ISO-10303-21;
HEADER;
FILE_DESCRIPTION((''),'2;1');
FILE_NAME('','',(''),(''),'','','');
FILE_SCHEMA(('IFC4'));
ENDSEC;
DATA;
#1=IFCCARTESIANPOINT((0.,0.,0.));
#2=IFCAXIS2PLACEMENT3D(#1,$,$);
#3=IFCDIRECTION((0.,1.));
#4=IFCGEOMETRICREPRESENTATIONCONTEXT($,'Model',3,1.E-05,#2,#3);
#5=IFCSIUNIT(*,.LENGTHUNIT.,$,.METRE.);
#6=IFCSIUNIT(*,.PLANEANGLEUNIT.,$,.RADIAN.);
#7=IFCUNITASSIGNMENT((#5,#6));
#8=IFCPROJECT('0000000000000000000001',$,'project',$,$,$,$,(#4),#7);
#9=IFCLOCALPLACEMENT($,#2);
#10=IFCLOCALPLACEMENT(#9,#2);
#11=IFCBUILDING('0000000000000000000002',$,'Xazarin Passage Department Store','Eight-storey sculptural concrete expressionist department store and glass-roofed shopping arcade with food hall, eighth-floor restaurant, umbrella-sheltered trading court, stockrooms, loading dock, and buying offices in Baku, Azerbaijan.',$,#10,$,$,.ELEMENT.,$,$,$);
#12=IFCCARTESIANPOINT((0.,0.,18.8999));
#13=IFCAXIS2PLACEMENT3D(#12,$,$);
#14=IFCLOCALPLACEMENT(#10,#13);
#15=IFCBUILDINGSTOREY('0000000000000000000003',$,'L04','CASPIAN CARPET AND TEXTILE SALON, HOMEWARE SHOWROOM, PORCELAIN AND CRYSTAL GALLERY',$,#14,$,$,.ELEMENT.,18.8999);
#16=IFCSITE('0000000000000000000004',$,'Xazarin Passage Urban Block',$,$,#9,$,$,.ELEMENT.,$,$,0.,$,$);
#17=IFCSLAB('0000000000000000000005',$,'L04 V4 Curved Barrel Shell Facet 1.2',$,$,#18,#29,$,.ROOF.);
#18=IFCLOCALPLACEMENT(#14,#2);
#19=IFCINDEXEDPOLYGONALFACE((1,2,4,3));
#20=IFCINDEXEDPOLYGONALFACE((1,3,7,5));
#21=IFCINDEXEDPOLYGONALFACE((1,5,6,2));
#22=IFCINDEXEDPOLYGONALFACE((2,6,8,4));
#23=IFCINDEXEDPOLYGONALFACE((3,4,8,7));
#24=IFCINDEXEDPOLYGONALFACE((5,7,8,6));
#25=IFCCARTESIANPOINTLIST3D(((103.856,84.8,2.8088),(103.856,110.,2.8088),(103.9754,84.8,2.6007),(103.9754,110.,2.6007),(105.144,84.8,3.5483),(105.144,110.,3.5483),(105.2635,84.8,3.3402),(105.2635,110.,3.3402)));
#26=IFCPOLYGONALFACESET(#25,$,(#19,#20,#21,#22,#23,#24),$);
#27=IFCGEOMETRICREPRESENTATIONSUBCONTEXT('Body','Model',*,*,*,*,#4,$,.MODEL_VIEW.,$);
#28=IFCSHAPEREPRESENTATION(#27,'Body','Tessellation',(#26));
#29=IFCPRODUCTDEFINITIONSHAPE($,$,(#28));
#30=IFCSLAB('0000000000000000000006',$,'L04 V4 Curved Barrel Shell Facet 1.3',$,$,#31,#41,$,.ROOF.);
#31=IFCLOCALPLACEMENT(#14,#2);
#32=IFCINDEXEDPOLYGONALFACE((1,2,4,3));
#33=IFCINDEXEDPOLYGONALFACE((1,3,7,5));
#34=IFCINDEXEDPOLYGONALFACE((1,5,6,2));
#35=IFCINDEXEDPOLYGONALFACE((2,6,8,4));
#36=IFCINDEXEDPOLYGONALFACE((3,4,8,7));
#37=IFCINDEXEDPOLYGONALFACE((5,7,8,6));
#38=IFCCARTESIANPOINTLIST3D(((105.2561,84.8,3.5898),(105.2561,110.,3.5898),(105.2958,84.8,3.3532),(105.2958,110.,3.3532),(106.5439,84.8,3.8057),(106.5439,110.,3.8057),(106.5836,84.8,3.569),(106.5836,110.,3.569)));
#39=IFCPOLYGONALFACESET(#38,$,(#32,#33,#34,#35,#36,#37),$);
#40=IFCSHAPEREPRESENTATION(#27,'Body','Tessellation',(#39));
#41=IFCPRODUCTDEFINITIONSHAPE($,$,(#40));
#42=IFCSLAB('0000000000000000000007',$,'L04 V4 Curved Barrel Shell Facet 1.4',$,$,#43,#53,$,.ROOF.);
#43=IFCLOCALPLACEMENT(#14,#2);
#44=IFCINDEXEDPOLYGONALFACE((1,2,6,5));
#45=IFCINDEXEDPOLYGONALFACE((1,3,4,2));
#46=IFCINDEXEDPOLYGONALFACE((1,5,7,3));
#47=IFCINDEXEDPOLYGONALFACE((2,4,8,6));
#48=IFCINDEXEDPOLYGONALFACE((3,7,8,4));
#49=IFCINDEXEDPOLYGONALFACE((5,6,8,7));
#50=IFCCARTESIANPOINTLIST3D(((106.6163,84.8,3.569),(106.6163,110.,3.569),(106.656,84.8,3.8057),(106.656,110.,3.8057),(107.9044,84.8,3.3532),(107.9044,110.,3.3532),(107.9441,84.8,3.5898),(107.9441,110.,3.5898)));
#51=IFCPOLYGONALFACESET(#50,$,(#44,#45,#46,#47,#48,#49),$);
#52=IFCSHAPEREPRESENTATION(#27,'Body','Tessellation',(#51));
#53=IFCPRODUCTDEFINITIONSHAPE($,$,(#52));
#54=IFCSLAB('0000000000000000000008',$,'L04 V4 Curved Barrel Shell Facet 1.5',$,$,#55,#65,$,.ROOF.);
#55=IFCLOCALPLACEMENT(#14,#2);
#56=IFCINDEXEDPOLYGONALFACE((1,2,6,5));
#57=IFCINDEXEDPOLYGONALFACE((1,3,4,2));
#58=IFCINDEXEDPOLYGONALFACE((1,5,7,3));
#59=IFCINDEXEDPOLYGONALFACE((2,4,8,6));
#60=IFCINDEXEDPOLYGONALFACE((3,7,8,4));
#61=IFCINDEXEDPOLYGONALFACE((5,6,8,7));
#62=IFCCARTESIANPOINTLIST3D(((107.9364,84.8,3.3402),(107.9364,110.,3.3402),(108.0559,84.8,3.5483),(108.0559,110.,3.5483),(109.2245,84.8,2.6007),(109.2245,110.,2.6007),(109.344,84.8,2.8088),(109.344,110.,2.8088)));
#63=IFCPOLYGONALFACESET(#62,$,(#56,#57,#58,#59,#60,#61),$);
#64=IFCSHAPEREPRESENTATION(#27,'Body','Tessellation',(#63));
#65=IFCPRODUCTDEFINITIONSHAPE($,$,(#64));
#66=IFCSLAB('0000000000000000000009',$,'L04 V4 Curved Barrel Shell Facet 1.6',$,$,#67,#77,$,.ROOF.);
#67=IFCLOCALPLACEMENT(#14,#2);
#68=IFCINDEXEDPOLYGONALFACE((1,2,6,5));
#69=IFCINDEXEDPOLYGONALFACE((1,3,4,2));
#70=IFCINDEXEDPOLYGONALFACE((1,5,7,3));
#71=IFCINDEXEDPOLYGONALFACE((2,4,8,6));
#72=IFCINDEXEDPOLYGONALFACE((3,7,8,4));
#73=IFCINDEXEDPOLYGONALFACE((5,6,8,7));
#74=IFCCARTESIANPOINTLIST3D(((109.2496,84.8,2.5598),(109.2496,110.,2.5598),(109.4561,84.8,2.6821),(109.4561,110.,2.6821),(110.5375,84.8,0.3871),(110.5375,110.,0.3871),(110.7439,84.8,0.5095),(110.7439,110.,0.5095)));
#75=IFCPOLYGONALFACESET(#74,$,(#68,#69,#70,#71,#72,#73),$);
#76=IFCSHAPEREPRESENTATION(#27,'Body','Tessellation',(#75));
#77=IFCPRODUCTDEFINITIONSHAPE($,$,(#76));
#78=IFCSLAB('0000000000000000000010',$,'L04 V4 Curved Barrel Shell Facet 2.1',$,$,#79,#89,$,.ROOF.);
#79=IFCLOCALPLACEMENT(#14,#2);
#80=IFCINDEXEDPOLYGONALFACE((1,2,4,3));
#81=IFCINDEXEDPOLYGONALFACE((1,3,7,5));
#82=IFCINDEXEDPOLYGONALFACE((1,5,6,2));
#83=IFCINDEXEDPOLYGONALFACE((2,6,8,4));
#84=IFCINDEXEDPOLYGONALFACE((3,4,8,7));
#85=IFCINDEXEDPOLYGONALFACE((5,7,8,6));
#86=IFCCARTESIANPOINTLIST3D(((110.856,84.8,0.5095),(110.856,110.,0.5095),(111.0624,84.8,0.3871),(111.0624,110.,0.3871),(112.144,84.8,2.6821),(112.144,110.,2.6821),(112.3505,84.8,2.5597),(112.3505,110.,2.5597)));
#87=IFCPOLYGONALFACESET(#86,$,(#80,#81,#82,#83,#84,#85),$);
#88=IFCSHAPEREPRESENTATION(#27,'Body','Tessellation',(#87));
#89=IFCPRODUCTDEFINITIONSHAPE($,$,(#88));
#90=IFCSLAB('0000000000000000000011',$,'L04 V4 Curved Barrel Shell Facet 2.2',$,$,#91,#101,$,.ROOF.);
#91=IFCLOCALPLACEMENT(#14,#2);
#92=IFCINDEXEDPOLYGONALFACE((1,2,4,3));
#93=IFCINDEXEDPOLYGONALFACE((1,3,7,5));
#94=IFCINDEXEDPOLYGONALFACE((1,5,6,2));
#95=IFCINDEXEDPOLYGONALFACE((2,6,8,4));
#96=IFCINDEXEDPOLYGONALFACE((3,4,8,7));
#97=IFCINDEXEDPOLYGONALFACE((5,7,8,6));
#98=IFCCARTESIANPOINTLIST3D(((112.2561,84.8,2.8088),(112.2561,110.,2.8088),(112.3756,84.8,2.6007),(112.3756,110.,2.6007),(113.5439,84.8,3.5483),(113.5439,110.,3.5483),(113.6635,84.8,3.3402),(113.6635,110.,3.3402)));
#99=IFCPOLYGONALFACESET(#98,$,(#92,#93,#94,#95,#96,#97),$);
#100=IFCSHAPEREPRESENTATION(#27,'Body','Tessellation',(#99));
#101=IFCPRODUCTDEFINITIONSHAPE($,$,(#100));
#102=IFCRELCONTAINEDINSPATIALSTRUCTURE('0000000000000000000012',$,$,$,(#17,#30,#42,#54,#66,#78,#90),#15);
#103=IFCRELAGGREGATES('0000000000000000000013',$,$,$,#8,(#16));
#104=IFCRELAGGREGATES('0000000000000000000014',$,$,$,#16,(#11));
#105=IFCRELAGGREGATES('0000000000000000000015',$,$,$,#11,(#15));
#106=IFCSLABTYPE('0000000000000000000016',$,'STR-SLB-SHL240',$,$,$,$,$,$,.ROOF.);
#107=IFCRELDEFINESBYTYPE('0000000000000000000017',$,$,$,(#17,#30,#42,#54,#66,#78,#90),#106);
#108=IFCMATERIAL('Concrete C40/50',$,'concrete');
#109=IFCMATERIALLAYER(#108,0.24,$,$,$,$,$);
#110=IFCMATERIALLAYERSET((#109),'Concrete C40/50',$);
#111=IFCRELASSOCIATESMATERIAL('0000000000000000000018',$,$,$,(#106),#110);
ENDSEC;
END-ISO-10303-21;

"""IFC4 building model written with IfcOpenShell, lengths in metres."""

from ifc_helpers import new_model, si_unit, direction, frame, origin, place, context, subcontext, project, spatial, polyline, outline, extrude, material, layer, layer_set, type_object, element, save


model = new_model("IFC4")

# Units and contexts
model_context = context("Model", 3, precision=1e-05, world=origin(), true_north=direction((0.0, 1.0)))
body_context = subcontext(model_context, "Body", "Model", "MODEL_VIEW")
ifc_project = project(units=[si_unit("LENGTHUNIT", "METRE"), si_unit("PLANEANGLEUNIT", "RADIAN")], contexts=[model_context])

# Site, building, storey
site_placement = place(None, origin())
site = spatial("IfcSite", under=ifc_project, at=site_placement, Name="Xazarin Passage Urban Block", CompositionType="ELEMENT", RefElevation=0.0)
building_placement = place(site_placement, origin())
building = spatial("IfcBuilding", under=site, at=building_placement, Name="Xazarin Passage Department Store", Description="Eight-storey sculptural concrete expressionist department store and glass-roofed shopping arcade with food hall, eighth-floor restaurant, umbrella-sheltered trading court, stockrooms, loading dock, and buying offices in Baku, Azerbaijan.", CompositionType="ELEMENT")
storey_placement = place(building_placement, frame((0.0, 0.0, 18.8999)))
storey = spatial("IfcBuildingStorey", under=building, at=storey_placement, Name="L04", Description="CASPIAN CARPET AND TEXTILE SALON, HOMEWARE SHOWROOM, PORCELAIN AND CRYSTAL GALLERY", CompositionType="ELEMENT", Elevation=18.8999)

# Slabs
ifc_material_1 = material(Name="Concrete C40/50", Category="concrete")
ifc_layer_1 = layer(ifc_material_1, 0.24)
ifc_layer_set_1 = layer_set([ifc_layer_1], Name="Concrete C40/50")
slab_type = type_object("IfcSlabType", Name="STR-SLB-SHL240", PredefinedType="ROOF", material=ifc_layer_set_1)
slab_1_placement = place(storey_placement, frame((103.856, 84.8, 2.8088), z_axis=(-0.49789, 0.0, 0.86724), x_axis=(0.86724, 0.0, 0.49789)))
element("IfcSlab", 1, at=slab_1_placement, inside=storey, type_object=slab_type, Name="L04 V4 Curved Barrel Shell Facet 1.2", PredefinedType="ROOF", context=body_context, shape_type="SweptSolid", body=[
    extrude(outline(polyline([(0.0, 0.0), (1.4853, 0.0), (1.4853, 25.2), (0.0, 25.2), (0.0, 0.0)])), origin(), (0.0, 0.0, -1.0), 0.24),
])
slab_2_placement = place(storey_placement, frame((105.2561, 84.8, 3.5898), z_axis=(-0.165278, 0.0, 0.986247), x_axis=(0.986247, 0.0, 0.165278)))
element("IfcSlab", 2, at=slab_2_placement, inside=storey, type_object=slab_type, Name="L04 V4 Curved Barrel Shell Facet 1.3", PredefinedType="ROOF", context=body_context, shape_type="SweptSolid", body=[
    extrude(outline(polyline([(0.0, 0.0), (1.3058, 0.0), (1.3058, 25.2), (0.0, 25.2), (0.0, 0.0)])), origin(), (0.0, 0.0, -1.0), 0.24),
])
slab_3_placement = place(storey_placement, frame((106.656, 84.8, 3.8057), z_axis=(0.165248, 0.0, 0.986252), x_axis=(0.986252, 0.0, -0.165248)))
element("IfcSlab", 3, at=slab_3_placement, inside=storey, type_object=slab_type, Name="L04 V4 Curved Barrel Shell Facet 1.4", PredefinedType="ROOF", context=body_context, shape_type="SweptSolid", body=[
    extrude(outline(polyline([(0.0, 0.0), (1.306, 0.0), (1.306, 25.2), (0.0, 25.2), (0.0, 0.0)])), origin(), (0.0, 0.0, -1.0), 0.24),
])
slab_4_placement = place(storey_placement, frame((108.0559, 84.8, 3.5483), z_axis=(0.49789, 0.0, 0.86724), x_axis=(0.86724, 0.0, -0.49789)))
element("IfcSlab", 4, at=slab_4_placement, inside=storey, type_object=slab_type, Name="L04 V4 Curved Barrel Shell Facet 1.5", PredefinedType="ROOF", context=body_context, shape_type="SweptSolid", body=[
    extrude(outline(polyline([(0.0, 0.0), (1.4853, 0.0), (1.4853, 25.2), (0.0, 25.2), (0.0, 0.0)])), origin(), (0.0, 0.0, -1.0), 0.24),
])
slab_5_placement = place(storey_placement, frame((109.4561, 84.8, 2.6821), z_axis=(0.860227, 0.0, 0.509911), x_axis=(0.509911, 0.0, -0.860227)))
element("IfcSlab", 5, at=slab_5_placement, inside=storey, type_object=slab_type, Name="L04 V4 Curved Barrel Shell Facet 1.6", PredefinedType="ROOF", context=body_context, shape_type="SweptSolid", body=[
    extrude(outline(polyline([(0.0, 0.0), (2.5256, 0.0), (2.5256, 25.2), (0.0, 25.2), (0.0, 0.0)])), origin(), (0.0, 0.0, -1.0), 0.24),
])
slab_6_placement = place(storey_placement, frame((110.856, 84.8, 0.5095), z_axis=(-0.860185, 0.0, 0.509983), x_axis=(0.509983, 0.0, 0.860185)))
element("IfcSlab", 6, at=slab_6_placement, inside=storey, type_object=slab_type, Name="L04 V4 Curved Barrel Shell Facet 2.1", PredefinedType="ROOF", context=body_context, shape_type="SweptSolid", body=[
    extrude(outline(polyline([(0.0, 0.0), (2.5257, 0.0), (2.5257, 25.2), (0.0, 25.2), (0.0, 0.0)])), origin(), (0.0, 0.0, -1.0), 0.24),
])
slab_7_placement = place(storey_placement, frame((112.2561, 84.8, 2.8088), z_axis=(-0.497961, 0.0, 0.867199), x_axis=(0.867199, 0.0, 0.497961)))
element("IfcSlab", 7, at=slab_7_placement, inside=storey, type_object=slab_type, Name="L04 V4 Curved Barrel Shell Facet 2.2", PredefinedType="ROOF", context=body_context, shape_type="SweptSolid", body=[
    extrude(outline(polyline([(0.0, 0.0), (1.4851, 0.0), (1.4851, 25.2), (0.0, 25.2), (0.0, 0.0)])), origin(), (0.0, 0.0, -1.0), 0.24),
])

save(model, "model.ifc")
